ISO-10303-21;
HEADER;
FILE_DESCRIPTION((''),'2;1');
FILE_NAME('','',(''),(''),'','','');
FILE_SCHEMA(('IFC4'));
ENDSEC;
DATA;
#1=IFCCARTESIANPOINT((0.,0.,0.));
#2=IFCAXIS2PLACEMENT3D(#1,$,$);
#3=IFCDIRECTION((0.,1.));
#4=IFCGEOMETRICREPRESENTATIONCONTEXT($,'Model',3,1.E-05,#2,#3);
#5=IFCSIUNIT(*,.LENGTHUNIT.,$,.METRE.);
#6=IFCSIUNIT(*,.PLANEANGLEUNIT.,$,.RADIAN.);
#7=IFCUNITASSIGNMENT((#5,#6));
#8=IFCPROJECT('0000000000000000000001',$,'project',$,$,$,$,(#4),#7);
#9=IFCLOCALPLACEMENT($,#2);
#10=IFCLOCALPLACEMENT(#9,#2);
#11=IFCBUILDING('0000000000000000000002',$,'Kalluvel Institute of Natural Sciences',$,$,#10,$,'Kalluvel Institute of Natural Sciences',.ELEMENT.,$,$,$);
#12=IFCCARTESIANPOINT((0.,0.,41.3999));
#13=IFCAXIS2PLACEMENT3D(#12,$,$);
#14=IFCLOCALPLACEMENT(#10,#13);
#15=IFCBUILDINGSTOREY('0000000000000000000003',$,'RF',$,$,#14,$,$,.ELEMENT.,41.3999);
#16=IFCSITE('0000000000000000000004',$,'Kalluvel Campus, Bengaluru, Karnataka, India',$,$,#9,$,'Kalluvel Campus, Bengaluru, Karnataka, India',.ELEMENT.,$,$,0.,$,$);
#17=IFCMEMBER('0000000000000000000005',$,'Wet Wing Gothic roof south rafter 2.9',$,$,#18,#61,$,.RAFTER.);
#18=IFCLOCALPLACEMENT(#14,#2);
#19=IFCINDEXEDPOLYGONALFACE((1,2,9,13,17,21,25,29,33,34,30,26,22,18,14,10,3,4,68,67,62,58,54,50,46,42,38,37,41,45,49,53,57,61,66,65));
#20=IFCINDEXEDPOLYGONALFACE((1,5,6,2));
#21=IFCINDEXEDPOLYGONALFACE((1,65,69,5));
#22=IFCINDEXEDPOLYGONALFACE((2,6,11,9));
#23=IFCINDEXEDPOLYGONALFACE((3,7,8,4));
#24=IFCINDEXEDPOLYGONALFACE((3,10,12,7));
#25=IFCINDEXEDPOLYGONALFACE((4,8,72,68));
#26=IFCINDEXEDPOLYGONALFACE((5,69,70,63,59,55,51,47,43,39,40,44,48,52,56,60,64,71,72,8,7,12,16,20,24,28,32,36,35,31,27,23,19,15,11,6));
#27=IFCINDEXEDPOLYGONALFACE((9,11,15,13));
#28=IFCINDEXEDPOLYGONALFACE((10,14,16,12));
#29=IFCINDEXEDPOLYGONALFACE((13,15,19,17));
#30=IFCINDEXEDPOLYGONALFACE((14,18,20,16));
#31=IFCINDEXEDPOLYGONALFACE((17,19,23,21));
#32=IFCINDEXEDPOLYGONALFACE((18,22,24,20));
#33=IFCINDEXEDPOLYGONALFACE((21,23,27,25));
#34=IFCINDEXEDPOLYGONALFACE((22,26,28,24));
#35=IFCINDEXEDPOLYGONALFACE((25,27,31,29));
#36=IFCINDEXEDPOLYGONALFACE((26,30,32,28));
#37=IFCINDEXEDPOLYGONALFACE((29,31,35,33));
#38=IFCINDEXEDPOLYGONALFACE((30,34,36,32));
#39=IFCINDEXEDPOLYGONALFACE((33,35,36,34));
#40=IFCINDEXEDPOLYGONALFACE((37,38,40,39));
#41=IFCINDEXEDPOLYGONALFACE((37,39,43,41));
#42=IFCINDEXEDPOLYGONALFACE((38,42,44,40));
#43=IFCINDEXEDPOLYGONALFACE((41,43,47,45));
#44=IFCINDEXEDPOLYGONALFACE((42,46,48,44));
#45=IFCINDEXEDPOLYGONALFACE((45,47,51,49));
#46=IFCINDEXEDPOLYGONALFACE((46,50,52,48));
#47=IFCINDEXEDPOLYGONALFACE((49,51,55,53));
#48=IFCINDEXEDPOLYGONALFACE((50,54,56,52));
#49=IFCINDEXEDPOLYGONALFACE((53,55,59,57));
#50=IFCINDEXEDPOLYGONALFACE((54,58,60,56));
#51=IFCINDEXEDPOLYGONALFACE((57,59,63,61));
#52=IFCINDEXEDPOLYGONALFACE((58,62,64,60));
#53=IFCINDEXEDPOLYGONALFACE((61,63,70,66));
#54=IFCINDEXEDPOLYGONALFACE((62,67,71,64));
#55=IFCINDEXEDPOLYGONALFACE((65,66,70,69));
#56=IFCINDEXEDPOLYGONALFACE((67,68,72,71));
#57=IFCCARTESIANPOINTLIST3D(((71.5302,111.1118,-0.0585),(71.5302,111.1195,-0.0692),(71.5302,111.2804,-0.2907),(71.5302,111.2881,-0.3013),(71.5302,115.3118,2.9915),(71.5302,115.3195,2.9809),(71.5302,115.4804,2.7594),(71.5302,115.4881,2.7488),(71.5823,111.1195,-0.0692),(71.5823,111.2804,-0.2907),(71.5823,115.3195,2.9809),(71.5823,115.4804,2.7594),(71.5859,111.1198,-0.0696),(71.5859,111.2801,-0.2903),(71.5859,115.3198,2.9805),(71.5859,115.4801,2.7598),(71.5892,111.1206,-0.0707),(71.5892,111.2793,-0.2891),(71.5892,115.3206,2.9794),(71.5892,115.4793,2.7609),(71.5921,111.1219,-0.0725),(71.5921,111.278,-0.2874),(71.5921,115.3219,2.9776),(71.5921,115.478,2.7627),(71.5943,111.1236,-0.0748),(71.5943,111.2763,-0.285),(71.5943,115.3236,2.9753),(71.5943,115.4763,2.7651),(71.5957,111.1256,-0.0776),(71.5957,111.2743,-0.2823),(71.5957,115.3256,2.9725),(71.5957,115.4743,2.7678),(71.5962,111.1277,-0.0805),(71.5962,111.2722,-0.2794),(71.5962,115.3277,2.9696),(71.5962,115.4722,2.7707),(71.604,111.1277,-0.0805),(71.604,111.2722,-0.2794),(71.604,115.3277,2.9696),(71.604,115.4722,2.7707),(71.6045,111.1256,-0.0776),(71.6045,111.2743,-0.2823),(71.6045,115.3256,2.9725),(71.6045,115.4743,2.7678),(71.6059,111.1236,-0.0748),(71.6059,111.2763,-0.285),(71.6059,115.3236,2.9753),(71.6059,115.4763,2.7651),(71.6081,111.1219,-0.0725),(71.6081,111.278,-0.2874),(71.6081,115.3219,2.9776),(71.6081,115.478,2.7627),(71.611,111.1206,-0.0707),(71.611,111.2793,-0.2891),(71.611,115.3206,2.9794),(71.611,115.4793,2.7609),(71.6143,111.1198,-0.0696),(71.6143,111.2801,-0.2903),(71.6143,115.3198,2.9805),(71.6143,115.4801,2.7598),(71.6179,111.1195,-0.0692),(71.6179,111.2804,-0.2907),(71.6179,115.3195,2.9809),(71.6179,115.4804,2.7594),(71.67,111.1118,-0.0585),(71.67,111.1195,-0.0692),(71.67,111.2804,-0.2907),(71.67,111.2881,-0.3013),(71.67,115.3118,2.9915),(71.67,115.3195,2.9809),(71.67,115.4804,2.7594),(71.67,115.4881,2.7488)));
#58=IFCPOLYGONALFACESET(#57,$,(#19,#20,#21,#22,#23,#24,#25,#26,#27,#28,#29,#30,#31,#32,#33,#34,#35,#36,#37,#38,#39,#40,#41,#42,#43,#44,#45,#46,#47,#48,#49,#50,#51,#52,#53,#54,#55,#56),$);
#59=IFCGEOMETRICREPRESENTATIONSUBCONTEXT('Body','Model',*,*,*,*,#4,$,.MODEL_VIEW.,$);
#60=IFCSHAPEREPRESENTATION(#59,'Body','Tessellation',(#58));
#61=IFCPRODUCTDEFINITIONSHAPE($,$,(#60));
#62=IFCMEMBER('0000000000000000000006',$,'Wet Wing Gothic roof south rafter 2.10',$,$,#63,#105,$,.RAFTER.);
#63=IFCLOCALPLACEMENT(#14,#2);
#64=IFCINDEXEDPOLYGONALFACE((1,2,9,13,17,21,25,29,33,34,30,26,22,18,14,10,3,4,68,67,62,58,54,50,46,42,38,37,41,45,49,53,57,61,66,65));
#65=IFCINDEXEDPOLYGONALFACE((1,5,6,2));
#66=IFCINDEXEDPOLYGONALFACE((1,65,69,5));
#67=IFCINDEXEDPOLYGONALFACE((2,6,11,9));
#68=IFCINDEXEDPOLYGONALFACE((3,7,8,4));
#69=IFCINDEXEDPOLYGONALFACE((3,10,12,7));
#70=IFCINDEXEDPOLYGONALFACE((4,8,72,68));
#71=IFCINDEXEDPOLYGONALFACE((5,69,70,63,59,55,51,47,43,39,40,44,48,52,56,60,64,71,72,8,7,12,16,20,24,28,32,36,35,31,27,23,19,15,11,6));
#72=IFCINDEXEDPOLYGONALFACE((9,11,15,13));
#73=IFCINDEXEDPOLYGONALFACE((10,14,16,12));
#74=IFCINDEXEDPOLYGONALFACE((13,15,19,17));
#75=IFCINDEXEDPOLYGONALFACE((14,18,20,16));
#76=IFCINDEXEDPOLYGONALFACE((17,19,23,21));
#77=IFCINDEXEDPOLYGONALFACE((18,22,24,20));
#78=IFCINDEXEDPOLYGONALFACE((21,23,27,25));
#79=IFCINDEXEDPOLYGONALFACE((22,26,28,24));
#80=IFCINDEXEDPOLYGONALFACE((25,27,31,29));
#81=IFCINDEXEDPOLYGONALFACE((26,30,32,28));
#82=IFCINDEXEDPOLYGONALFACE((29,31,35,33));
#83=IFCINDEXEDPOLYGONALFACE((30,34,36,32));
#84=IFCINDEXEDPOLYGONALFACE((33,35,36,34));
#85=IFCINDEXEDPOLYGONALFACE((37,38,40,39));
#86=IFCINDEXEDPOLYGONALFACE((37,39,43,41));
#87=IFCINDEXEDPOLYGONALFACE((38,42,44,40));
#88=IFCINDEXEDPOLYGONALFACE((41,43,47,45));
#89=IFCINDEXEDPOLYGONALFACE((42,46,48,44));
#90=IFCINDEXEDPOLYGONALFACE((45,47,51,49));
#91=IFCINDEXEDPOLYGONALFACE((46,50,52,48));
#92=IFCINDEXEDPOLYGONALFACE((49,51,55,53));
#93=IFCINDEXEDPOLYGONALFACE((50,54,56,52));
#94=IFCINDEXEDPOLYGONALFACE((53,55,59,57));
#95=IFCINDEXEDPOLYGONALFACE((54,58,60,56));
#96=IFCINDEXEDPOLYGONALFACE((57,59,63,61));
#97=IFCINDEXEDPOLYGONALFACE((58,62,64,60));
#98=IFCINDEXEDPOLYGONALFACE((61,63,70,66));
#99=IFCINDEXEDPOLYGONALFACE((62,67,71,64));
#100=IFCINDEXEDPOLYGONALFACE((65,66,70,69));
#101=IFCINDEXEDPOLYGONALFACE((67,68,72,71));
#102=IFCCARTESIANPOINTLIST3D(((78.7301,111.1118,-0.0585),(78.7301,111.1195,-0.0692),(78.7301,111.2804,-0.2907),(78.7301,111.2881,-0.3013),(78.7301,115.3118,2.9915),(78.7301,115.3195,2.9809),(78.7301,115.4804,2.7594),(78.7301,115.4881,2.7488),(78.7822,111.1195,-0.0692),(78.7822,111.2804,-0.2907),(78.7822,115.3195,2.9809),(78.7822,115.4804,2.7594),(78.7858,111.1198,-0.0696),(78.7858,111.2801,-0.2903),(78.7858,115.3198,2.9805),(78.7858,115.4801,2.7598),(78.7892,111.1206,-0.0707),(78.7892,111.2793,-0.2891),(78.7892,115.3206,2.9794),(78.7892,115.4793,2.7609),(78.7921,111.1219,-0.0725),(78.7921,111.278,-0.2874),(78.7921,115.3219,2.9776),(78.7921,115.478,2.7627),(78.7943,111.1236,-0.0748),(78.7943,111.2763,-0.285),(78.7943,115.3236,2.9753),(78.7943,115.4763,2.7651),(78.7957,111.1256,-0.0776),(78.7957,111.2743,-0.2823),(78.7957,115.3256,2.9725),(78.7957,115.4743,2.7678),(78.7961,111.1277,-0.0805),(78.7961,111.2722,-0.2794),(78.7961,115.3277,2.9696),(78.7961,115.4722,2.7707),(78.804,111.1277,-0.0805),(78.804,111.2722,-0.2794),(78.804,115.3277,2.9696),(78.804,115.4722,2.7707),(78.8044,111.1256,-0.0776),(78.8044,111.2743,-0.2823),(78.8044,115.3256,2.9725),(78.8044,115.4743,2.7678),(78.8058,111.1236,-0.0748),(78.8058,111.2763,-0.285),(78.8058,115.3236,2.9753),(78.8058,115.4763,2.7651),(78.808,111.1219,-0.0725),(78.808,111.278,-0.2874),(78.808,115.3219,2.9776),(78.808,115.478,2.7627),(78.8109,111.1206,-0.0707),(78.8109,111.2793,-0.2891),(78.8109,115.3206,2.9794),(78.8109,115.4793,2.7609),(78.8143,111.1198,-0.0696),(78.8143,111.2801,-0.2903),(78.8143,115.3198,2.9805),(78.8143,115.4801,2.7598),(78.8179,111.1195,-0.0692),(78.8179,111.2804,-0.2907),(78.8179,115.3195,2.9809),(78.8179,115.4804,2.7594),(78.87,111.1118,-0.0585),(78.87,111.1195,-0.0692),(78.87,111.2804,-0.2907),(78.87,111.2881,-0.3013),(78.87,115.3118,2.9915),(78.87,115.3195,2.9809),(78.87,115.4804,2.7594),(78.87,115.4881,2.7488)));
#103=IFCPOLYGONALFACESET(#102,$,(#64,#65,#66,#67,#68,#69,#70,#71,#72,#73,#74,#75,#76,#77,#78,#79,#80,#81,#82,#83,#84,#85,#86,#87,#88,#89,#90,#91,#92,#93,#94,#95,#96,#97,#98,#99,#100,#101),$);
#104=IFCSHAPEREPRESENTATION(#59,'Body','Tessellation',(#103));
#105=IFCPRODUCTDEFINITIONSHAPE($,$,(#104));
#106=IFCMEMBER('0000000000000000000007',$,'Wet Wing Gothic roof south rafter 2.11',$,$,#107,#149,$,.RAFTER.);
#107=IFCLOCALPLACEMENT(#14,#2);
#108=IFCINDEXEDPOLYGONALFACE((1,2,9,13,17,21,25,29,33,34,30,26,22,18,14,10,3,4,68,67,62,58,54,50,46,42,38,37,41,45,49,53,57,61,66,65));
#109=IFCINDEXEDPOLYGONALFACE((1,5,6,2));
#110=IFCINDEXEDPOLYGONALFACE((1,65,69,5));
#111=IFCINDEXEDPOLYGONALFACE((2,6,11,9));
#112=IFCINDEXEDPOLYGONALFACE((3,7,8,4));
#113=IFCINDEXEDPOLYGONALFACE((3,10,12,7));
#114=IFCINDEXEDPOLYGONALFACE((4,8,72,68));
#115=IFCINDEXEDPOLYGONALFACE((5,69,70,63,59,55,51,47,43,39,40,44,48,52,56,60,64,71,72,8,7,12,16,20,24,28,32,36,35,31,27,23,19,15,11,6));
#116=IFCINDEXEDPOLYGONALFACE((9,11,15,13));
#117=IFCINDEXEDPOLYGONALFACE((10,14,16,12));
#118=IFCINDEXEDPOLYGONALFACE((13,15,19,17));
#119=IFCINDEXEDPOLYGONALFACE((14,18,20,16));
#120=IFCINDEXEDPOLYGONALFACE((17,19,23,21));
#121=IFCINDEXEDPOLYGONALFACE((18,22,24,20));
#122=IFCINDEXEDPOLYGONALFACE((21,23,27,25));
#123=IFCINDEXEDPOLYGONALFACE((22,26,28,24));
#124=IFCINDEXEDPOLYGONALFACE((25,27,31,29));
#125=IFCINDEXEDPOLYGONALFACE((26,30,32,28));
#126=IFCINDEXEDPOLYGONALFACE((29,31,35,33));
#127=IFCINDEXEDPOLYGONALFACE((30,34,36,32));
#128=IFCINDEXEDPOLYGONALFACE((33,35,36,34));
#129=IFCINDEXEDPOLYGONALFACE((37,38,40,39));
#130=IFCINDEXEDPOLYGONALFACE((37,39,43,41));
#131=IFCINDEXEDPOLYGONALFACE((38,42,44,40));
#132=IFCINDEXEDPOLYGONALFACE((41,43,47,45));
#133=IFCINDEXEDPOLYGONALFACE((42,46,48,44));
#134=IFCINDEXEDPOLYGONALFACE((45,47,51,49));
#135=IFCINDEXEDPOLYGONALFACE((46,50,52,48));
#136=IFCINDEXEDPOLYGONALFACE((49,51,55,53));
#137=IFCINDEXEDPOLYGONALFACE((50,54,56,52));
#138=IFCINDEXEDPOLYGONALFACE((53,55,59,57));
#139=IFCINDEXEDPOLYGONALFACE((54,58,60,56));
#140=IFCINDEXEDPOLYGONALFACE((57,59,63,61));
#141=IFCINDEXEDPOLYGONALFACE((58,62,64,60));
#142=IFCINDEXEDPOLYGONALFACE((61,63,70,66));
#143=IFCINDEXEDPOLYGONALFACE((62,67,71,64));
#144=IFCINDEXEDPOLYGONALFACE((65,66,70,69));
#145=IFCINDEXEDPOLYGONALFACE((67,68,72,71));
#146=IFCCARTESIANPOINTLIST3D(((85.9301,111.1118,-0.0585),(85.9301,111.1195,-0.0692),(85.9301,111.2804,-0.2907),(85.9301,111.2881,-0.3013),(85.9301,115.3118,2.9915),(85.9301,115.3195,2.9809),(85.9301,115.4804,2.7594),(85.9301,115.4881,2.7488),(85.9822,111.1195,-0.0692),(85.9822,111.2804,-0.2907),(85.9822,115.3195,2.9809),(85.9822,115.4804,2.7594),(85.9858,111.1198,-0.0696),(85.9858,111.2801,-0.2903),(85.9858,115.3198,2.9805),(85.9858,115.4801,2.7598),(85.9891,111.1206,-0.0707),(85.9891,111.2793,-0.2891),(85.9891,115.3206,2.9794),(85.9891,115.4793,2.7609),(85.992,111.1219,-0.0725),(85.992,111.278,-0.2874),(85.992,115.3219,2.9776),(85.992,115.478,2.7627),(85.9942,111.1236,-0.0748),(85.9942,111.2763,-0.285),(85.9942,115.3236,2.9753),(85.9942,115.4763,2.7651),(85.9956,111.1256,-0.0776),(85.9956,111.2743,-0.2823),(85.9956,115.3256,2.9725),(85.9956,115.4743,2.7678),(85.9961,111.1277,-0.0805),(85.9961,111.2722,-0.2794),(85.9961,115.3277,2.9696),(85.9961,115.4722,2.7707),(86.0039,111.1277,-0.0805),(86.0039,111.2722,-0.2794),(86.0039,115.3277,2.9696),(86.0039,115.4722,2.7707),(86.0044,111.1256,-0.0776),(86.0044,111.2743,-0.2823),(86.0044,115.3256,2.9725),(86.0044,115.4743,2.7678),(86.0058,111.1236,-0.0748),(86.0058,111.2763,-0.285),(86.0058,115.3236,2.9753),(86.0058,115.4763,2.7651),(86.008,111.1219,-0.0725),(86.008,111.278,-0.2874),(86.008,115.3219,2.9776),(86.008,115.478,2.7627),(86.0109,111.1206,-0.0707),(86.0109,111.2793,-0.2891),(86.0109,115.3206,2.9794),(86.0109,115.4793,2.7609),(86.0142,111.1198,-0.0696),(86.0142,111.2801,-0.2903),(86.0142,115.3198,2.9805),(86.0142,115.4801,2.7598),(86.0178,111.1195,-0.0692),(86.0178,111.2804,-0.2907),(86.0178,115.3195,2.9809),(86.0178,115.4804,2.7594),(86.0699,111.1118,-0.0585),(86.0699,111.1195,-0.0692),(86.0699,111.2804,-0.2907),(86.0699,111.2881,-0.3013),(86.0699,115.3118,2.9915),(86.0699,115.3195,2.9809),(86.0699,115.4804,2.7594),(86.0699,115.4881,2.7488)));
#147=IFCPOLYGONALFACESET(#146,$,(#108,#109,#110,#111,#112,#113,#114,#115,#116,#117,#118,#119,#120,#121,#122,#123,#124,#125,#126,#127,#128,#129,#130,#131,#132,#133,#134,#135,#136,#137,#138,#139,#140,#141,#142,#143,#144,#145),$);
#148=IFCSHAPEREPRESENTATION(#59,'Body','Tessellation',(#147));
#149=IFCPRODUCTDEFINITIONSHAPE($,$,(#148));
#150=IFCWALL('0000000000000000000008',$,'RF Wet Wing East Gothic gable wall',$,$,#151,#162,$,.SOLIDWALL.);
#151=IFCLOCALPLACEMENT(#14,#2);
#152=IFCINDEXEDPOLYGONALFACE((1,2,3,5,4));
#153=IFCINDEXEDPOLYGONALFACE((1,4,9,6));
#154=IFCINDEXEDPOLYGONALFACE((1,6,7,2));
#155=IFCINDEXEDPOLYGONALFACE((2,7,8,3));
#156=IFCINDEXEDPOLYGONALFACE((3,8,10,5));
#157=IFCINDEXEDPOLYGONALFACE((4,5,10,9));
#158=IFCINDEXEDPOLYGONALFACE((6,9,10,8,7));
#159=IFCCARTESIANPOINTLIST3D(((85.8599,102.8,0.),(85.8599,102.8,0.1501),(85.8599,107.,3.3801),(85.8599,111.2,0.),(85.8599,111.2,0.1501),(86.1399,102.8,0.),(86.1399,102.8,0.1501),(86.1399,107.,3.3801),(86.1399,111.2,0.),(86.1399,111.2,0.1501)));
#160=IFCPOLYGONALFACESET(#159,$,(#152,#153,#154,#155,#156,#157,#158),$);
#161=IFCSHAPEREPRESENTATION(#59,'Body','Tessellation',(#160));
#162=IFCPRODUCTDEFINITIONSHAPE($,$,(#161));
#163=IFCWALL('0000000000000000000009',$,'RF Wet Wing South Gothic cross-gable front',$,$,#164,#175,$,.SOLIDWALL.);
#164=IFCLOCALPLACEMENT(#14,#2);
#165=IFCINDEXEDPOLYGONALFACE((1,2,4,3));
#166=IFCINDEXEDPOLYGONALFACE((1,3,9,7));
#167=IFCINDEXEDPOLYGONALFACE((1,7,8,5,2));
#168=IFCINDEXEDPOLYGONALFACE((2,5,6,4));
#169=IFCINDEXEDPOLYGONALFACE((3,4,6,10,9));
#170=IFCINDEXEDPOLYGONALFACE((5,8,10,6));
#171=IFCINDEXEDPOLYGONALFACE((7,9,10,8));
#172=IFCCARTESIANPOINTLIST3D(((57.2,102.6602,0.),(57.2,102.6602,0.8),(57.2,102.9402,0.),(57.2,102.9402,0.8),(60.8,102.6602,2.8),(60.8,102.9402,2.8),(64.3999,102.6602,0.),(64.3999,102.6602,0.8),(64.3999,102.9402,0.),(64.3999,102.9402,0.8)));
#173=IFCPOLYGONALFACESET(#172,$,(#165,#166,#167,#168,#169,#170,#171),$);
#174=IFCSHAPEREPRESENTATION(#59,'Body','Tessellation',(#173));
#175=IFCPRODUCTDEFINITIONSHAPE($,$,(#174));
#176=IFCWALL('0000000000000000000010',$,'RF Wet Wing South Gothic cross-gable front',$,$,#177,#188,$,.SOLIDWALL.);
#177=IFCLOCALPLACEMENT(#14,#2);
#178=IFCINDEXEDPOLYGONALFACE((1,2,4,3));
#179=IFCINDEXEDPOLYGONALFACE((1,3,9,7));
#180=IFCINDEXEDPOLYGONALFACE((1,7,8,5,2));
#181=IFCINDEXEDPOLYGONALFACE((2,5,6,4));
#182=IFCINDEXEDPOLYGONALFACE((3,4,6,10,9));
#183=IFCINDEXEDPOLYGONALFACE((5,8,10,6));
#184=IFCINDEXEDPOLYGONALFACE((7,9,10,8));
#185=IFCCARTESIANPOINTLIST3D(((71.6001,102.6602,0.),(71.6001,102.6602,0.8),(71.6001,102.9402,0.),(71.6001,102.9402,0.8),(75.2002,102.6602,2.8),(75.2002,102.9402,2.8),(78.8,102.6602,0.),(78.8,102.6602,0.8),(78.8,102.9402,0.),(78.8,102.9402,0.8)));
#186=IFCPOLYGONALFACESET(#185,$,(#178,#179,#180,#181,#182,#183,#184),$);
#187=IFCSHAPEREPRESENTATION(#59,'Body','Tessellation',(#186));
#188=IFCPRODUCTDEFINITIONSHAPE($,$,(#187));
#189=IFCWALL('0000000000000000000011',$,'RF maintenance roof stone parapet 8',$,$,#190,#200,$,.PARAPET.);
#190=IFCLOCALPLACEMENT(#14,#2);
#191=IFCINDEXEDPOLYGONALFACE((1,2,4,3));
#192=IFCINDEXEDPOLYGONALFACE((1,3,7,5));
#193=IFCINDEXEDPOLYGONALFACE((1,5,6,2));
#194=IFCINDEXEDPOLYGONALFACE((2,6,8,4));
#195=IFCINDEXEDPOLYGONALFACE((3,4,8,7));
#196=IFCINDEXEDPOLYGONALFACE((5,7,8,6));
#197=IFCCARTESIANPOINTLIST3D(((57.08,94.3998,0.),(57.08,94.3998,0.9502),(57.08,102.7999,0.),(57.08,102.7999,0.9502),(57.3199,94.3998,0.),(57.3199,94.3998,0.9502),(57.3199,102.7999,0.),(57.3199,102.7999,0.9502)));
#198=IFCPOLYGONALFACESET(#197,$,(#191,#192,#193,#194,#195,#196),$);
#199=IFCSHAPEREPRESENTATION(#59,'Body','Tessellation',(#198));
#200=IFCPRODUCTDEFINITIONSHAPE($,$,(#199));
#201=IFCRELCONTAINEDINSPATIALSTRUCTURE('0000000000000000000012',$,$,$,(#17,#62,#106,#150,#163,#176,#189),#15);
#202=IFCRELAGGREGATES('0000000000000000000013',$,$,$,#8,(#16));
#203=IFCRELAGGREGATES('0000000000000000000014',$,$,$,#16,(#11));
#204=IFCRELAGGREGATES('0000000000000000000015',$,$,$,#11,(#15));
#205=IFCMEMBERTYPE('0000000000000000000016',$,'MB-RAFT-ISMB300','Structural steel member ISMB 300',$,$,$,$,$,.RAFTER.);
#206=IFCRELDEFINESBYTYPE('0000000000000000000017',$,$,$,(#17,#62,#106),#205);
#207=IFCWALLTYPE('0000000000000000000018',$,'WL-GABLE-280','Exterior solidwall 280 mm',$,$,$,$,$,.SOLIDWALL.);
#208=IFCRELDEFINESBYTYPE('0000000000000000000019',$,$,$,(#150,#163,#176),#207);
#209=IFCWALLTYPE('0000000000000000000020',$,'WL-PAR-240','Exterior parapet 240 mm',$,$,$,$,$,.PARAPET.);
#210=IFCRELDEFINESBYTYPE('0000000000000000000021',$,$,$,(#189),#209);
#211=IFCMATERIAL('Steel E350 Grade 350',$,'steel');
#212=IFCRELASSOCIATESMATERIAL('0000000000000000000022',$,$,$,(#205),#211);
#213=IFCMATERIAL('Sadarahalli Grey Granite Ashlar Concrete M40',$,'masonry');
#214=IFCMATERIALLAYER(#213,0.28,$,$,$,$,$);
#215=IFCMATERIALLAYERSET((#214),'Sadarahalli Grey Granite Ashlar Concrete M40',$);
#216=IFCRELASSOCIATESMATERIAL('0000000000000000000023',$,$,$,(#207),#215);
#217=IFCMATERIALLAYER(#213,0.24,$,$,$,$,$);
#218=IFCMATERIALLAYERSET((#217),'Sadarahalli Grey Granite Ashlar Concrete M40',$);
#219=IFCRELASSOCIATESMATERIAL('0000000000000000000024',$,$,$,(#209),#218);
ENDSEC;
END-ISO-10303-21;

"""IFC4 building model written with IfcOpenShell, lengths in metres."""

from ifc_helpers import new_model, si_unit, direction, frame, frame_2d, origin, origin_2d, place, context, subcontext, project, spatial, polyline, rectangle, i_section, outline, extrude, material, layer, layer_set, material_profile, profile_set, type_object, element, save


model = new_model("IFC4")

# Units and contexts
model_context = context("Model", 3, precision=1e-05, world=origin(), true_north=direction((0.0, 1.0)))
body_context = subcontext(model_context, "Body", "Model", "MODEL_VIEW")
ifc_project = project(units=[si_unit("LENGTHUNIT", "METRE"), si_unit("PLANEANGLEUNIT", "RADIAN")], contexts=[model_context])

# Site, building, storey
site_placement = place(None, origin())
site = spatial("IfcSite", under=ifc_project, at=site_placement, Name="Kalluvel Campus, Bengaluru, Karnataka, India", LongName="Kalluvel Campus, Bengaluru, Karnataka, India", CompositionType="ELEMENT", RefElevation=0.0)
building_placement = place(site_placement, origin())
building = spatial("IfcBuilding", under=site, at=building_placement, Name="Kalluvel Institute of Natural Sciences", LongName="Kalluvel Institute of Natural Sciences", CompositionType="ELEMENT")
storey_placement = place(building_placement, frame((0.0, 0.0, 41.3999)))
storey = spatial("IfcBuildingStorey", under=building, at=storey_placement, Name="RF", CompositionType="ELEMENT", Elevation=41.3999)

# Shared definitions
ifc_material_1 = material(Name="Steel E350 Grade 350", Category="steel")

# Members
ifc_material_profile_1 = material_profile(ifc_material_1, i_section(OverallWidth=0.1399, OverallDepth=0.3, WebThickness=0.0078, FlangeThickness=0.0132, FilletRadius=0.0139, at=origin_2d()), Name="ISMB 300")
ifc_profile_set_1 = profile_set([ifc_material_profile_1], Name="Steel E350 Grade 350")
member_type = type_object("IfcMemberType", Name="MB-RAFT-ISMB300", Description="Structural steel member ISMB 300", PredefinedType="RAFTER", material=ifc_profile_set_1)
for number, where, z_axis, x_axis, name in (
    (1, (71.6001, 111.2, -0.1799), (0.0, 0.809145, 0.587609), (-1.0, 0.0, 0.0), "Wet Wing Gothic roof south rafter 2.9"),
    (2, (78.8, 111.2, -0.1799), (0.0, 0.809145, 0.587609), (-1.0, 0.0, 0.0), "Wet Wing Gothic roof south rafter 2.10"),
    (3, (86.0, 111.2, -0.1799), (0.0, 0.809145, 0.587609), (-1.0, 0.0, 0.0), "Wet Wing Gothic roof south rafter 2.11"),
):
    element("IfcMember", number, at=place(storey_placement, frame(where, z_axis=z_axis, x_axis=x_axis)), inside=storey, type_object=member_type, Name=name, PredefinedType="RAFTER", context=body_context, shape_type="SweptSolid", body=[
        extrude(i_section(OverallWidth=0.1399, OverallDepth=0.3, WebThickness=0.0078, FlangeThickness=0.0132, FilletRadius=0.0139, at=origin_2d()), origin(), (0.0, 0.0, 1.0), 5.1907),
    ])

# Walls
ifc_material_2 = material(Name="Sadarahalli Grey Granite Ashlar Concrete M40", Category="masonry")
ifc_layer_1 = layer(ifc_material_2, 0.28)
ifc_layer_set_1 = layer_set([ifc_layer_1], Name="Sadarahalli Grey Granite Ashlar Concrete M40")
wall_type_1 = type_object("IfcWallType", Name="WL-GABLE-280", Description="Exterior solidwall 280 mm", PredefinedType="SOLIDWALL", material=ifc_layer_set_1)
wall_1_placement = place(storey_placement, frame((86.0, 102.8, 0.0), z_axis=(0.0, 0.0, 1.0), x_axis=(0.0, 1.0, 0.0)))
element("IfcWall", 4, at=wall_1_placement, inside=storey, type_object=wall_type_1, Name="RF Wet Wing East Gothic gable wall", PredefinedType="SOLIDWALL", context=body_context, shape_type="SweptSolid", body=[
    extrude(outline(polyline([(0.0, 0.0), (8.3999, 0.0), (8.3999, 0.1501), (4.2, 3.3801), (0.0, 0.1501), (0.0, 0.0)])), frame((0.0, 0.1401, 0.0), z_axis=(0.0, -1.0, 0.0), x_axis=(1.0, 0.0, 0.0)), (0.0, 0.0, 1.0), 0.28),
])
for number, where, z_axis, x_axis, name in (
    (5, (57.2, 102.8, 0.0), (0.0, 0.0, 1.0), (1.0, 0.0, 0.0), "RF Wet Wing South Gothic cross-gable front"),
    (6, (71.6001, 102.8, 0.0), (0.0, 0.0, 1.0), (1.0, 0.0, 0.0), "RF Wet Wing South Gothic cross-gable front"),
):
    element("IfcWall", number, at=place(storey_placement, frame(where, z_axis=z_axis, x_axis=x_axis)), inside=storey, type_object=wall_type_1, Name=name, PredefinedType="SOLIDWALL", context=body_context, shape_type="SweptSolid", body=[
        extrude(outline(polyline([(0.0, 0.0), (7.2, 0.0), (7.2, 0.8), (3.6001, 2.8), (0.0, 0.8), (0.0, 0.0)])), frame((0.0, 0.1401, 0.0), z_axis=(0.0, -1.0, 0.0), x_axis=(1.0, 0.0, 0.0)), (0.0, 0.0, 1.0), 0.28),
    ])
ifc_layer_2 = layer(ifc_material_2, 0.24)
ifc_layer_set_2 = layer_set([ifc_layer_2], Name="Sadarahalli Grey Granite Ashlar Concrete M40")
wall_type_2 = type_object("IfcWallType", Name="WL-PAR-240", Description="Exterior parapet 240 mm", PredefinedType="PARAPET", material=ifc_layer_set_2)
wall_2_placement = place(storey_placement, frame((57.2, 102.8, 0.0), z_axis=(0.0, 0.0, 1.0), x_axis=(0.0, -1.0, 0.0)))
element("IfcWall", 7, at=wall_2_placement, inside=storey, type_object=wall_type_2, Name="RF maintenance roof stone parapet 8", PredefinedType="PARAPET", context=body_context, shape_type="SweptSolid", body=[
    extrude(rectangle(XDim=8.4001, YDim=0.24, at=frame_2d((4.2002, 0.0))), origin(), (0.0, 0.0, 1.0), 0.9502),
])

save(model, "model.ifc")
